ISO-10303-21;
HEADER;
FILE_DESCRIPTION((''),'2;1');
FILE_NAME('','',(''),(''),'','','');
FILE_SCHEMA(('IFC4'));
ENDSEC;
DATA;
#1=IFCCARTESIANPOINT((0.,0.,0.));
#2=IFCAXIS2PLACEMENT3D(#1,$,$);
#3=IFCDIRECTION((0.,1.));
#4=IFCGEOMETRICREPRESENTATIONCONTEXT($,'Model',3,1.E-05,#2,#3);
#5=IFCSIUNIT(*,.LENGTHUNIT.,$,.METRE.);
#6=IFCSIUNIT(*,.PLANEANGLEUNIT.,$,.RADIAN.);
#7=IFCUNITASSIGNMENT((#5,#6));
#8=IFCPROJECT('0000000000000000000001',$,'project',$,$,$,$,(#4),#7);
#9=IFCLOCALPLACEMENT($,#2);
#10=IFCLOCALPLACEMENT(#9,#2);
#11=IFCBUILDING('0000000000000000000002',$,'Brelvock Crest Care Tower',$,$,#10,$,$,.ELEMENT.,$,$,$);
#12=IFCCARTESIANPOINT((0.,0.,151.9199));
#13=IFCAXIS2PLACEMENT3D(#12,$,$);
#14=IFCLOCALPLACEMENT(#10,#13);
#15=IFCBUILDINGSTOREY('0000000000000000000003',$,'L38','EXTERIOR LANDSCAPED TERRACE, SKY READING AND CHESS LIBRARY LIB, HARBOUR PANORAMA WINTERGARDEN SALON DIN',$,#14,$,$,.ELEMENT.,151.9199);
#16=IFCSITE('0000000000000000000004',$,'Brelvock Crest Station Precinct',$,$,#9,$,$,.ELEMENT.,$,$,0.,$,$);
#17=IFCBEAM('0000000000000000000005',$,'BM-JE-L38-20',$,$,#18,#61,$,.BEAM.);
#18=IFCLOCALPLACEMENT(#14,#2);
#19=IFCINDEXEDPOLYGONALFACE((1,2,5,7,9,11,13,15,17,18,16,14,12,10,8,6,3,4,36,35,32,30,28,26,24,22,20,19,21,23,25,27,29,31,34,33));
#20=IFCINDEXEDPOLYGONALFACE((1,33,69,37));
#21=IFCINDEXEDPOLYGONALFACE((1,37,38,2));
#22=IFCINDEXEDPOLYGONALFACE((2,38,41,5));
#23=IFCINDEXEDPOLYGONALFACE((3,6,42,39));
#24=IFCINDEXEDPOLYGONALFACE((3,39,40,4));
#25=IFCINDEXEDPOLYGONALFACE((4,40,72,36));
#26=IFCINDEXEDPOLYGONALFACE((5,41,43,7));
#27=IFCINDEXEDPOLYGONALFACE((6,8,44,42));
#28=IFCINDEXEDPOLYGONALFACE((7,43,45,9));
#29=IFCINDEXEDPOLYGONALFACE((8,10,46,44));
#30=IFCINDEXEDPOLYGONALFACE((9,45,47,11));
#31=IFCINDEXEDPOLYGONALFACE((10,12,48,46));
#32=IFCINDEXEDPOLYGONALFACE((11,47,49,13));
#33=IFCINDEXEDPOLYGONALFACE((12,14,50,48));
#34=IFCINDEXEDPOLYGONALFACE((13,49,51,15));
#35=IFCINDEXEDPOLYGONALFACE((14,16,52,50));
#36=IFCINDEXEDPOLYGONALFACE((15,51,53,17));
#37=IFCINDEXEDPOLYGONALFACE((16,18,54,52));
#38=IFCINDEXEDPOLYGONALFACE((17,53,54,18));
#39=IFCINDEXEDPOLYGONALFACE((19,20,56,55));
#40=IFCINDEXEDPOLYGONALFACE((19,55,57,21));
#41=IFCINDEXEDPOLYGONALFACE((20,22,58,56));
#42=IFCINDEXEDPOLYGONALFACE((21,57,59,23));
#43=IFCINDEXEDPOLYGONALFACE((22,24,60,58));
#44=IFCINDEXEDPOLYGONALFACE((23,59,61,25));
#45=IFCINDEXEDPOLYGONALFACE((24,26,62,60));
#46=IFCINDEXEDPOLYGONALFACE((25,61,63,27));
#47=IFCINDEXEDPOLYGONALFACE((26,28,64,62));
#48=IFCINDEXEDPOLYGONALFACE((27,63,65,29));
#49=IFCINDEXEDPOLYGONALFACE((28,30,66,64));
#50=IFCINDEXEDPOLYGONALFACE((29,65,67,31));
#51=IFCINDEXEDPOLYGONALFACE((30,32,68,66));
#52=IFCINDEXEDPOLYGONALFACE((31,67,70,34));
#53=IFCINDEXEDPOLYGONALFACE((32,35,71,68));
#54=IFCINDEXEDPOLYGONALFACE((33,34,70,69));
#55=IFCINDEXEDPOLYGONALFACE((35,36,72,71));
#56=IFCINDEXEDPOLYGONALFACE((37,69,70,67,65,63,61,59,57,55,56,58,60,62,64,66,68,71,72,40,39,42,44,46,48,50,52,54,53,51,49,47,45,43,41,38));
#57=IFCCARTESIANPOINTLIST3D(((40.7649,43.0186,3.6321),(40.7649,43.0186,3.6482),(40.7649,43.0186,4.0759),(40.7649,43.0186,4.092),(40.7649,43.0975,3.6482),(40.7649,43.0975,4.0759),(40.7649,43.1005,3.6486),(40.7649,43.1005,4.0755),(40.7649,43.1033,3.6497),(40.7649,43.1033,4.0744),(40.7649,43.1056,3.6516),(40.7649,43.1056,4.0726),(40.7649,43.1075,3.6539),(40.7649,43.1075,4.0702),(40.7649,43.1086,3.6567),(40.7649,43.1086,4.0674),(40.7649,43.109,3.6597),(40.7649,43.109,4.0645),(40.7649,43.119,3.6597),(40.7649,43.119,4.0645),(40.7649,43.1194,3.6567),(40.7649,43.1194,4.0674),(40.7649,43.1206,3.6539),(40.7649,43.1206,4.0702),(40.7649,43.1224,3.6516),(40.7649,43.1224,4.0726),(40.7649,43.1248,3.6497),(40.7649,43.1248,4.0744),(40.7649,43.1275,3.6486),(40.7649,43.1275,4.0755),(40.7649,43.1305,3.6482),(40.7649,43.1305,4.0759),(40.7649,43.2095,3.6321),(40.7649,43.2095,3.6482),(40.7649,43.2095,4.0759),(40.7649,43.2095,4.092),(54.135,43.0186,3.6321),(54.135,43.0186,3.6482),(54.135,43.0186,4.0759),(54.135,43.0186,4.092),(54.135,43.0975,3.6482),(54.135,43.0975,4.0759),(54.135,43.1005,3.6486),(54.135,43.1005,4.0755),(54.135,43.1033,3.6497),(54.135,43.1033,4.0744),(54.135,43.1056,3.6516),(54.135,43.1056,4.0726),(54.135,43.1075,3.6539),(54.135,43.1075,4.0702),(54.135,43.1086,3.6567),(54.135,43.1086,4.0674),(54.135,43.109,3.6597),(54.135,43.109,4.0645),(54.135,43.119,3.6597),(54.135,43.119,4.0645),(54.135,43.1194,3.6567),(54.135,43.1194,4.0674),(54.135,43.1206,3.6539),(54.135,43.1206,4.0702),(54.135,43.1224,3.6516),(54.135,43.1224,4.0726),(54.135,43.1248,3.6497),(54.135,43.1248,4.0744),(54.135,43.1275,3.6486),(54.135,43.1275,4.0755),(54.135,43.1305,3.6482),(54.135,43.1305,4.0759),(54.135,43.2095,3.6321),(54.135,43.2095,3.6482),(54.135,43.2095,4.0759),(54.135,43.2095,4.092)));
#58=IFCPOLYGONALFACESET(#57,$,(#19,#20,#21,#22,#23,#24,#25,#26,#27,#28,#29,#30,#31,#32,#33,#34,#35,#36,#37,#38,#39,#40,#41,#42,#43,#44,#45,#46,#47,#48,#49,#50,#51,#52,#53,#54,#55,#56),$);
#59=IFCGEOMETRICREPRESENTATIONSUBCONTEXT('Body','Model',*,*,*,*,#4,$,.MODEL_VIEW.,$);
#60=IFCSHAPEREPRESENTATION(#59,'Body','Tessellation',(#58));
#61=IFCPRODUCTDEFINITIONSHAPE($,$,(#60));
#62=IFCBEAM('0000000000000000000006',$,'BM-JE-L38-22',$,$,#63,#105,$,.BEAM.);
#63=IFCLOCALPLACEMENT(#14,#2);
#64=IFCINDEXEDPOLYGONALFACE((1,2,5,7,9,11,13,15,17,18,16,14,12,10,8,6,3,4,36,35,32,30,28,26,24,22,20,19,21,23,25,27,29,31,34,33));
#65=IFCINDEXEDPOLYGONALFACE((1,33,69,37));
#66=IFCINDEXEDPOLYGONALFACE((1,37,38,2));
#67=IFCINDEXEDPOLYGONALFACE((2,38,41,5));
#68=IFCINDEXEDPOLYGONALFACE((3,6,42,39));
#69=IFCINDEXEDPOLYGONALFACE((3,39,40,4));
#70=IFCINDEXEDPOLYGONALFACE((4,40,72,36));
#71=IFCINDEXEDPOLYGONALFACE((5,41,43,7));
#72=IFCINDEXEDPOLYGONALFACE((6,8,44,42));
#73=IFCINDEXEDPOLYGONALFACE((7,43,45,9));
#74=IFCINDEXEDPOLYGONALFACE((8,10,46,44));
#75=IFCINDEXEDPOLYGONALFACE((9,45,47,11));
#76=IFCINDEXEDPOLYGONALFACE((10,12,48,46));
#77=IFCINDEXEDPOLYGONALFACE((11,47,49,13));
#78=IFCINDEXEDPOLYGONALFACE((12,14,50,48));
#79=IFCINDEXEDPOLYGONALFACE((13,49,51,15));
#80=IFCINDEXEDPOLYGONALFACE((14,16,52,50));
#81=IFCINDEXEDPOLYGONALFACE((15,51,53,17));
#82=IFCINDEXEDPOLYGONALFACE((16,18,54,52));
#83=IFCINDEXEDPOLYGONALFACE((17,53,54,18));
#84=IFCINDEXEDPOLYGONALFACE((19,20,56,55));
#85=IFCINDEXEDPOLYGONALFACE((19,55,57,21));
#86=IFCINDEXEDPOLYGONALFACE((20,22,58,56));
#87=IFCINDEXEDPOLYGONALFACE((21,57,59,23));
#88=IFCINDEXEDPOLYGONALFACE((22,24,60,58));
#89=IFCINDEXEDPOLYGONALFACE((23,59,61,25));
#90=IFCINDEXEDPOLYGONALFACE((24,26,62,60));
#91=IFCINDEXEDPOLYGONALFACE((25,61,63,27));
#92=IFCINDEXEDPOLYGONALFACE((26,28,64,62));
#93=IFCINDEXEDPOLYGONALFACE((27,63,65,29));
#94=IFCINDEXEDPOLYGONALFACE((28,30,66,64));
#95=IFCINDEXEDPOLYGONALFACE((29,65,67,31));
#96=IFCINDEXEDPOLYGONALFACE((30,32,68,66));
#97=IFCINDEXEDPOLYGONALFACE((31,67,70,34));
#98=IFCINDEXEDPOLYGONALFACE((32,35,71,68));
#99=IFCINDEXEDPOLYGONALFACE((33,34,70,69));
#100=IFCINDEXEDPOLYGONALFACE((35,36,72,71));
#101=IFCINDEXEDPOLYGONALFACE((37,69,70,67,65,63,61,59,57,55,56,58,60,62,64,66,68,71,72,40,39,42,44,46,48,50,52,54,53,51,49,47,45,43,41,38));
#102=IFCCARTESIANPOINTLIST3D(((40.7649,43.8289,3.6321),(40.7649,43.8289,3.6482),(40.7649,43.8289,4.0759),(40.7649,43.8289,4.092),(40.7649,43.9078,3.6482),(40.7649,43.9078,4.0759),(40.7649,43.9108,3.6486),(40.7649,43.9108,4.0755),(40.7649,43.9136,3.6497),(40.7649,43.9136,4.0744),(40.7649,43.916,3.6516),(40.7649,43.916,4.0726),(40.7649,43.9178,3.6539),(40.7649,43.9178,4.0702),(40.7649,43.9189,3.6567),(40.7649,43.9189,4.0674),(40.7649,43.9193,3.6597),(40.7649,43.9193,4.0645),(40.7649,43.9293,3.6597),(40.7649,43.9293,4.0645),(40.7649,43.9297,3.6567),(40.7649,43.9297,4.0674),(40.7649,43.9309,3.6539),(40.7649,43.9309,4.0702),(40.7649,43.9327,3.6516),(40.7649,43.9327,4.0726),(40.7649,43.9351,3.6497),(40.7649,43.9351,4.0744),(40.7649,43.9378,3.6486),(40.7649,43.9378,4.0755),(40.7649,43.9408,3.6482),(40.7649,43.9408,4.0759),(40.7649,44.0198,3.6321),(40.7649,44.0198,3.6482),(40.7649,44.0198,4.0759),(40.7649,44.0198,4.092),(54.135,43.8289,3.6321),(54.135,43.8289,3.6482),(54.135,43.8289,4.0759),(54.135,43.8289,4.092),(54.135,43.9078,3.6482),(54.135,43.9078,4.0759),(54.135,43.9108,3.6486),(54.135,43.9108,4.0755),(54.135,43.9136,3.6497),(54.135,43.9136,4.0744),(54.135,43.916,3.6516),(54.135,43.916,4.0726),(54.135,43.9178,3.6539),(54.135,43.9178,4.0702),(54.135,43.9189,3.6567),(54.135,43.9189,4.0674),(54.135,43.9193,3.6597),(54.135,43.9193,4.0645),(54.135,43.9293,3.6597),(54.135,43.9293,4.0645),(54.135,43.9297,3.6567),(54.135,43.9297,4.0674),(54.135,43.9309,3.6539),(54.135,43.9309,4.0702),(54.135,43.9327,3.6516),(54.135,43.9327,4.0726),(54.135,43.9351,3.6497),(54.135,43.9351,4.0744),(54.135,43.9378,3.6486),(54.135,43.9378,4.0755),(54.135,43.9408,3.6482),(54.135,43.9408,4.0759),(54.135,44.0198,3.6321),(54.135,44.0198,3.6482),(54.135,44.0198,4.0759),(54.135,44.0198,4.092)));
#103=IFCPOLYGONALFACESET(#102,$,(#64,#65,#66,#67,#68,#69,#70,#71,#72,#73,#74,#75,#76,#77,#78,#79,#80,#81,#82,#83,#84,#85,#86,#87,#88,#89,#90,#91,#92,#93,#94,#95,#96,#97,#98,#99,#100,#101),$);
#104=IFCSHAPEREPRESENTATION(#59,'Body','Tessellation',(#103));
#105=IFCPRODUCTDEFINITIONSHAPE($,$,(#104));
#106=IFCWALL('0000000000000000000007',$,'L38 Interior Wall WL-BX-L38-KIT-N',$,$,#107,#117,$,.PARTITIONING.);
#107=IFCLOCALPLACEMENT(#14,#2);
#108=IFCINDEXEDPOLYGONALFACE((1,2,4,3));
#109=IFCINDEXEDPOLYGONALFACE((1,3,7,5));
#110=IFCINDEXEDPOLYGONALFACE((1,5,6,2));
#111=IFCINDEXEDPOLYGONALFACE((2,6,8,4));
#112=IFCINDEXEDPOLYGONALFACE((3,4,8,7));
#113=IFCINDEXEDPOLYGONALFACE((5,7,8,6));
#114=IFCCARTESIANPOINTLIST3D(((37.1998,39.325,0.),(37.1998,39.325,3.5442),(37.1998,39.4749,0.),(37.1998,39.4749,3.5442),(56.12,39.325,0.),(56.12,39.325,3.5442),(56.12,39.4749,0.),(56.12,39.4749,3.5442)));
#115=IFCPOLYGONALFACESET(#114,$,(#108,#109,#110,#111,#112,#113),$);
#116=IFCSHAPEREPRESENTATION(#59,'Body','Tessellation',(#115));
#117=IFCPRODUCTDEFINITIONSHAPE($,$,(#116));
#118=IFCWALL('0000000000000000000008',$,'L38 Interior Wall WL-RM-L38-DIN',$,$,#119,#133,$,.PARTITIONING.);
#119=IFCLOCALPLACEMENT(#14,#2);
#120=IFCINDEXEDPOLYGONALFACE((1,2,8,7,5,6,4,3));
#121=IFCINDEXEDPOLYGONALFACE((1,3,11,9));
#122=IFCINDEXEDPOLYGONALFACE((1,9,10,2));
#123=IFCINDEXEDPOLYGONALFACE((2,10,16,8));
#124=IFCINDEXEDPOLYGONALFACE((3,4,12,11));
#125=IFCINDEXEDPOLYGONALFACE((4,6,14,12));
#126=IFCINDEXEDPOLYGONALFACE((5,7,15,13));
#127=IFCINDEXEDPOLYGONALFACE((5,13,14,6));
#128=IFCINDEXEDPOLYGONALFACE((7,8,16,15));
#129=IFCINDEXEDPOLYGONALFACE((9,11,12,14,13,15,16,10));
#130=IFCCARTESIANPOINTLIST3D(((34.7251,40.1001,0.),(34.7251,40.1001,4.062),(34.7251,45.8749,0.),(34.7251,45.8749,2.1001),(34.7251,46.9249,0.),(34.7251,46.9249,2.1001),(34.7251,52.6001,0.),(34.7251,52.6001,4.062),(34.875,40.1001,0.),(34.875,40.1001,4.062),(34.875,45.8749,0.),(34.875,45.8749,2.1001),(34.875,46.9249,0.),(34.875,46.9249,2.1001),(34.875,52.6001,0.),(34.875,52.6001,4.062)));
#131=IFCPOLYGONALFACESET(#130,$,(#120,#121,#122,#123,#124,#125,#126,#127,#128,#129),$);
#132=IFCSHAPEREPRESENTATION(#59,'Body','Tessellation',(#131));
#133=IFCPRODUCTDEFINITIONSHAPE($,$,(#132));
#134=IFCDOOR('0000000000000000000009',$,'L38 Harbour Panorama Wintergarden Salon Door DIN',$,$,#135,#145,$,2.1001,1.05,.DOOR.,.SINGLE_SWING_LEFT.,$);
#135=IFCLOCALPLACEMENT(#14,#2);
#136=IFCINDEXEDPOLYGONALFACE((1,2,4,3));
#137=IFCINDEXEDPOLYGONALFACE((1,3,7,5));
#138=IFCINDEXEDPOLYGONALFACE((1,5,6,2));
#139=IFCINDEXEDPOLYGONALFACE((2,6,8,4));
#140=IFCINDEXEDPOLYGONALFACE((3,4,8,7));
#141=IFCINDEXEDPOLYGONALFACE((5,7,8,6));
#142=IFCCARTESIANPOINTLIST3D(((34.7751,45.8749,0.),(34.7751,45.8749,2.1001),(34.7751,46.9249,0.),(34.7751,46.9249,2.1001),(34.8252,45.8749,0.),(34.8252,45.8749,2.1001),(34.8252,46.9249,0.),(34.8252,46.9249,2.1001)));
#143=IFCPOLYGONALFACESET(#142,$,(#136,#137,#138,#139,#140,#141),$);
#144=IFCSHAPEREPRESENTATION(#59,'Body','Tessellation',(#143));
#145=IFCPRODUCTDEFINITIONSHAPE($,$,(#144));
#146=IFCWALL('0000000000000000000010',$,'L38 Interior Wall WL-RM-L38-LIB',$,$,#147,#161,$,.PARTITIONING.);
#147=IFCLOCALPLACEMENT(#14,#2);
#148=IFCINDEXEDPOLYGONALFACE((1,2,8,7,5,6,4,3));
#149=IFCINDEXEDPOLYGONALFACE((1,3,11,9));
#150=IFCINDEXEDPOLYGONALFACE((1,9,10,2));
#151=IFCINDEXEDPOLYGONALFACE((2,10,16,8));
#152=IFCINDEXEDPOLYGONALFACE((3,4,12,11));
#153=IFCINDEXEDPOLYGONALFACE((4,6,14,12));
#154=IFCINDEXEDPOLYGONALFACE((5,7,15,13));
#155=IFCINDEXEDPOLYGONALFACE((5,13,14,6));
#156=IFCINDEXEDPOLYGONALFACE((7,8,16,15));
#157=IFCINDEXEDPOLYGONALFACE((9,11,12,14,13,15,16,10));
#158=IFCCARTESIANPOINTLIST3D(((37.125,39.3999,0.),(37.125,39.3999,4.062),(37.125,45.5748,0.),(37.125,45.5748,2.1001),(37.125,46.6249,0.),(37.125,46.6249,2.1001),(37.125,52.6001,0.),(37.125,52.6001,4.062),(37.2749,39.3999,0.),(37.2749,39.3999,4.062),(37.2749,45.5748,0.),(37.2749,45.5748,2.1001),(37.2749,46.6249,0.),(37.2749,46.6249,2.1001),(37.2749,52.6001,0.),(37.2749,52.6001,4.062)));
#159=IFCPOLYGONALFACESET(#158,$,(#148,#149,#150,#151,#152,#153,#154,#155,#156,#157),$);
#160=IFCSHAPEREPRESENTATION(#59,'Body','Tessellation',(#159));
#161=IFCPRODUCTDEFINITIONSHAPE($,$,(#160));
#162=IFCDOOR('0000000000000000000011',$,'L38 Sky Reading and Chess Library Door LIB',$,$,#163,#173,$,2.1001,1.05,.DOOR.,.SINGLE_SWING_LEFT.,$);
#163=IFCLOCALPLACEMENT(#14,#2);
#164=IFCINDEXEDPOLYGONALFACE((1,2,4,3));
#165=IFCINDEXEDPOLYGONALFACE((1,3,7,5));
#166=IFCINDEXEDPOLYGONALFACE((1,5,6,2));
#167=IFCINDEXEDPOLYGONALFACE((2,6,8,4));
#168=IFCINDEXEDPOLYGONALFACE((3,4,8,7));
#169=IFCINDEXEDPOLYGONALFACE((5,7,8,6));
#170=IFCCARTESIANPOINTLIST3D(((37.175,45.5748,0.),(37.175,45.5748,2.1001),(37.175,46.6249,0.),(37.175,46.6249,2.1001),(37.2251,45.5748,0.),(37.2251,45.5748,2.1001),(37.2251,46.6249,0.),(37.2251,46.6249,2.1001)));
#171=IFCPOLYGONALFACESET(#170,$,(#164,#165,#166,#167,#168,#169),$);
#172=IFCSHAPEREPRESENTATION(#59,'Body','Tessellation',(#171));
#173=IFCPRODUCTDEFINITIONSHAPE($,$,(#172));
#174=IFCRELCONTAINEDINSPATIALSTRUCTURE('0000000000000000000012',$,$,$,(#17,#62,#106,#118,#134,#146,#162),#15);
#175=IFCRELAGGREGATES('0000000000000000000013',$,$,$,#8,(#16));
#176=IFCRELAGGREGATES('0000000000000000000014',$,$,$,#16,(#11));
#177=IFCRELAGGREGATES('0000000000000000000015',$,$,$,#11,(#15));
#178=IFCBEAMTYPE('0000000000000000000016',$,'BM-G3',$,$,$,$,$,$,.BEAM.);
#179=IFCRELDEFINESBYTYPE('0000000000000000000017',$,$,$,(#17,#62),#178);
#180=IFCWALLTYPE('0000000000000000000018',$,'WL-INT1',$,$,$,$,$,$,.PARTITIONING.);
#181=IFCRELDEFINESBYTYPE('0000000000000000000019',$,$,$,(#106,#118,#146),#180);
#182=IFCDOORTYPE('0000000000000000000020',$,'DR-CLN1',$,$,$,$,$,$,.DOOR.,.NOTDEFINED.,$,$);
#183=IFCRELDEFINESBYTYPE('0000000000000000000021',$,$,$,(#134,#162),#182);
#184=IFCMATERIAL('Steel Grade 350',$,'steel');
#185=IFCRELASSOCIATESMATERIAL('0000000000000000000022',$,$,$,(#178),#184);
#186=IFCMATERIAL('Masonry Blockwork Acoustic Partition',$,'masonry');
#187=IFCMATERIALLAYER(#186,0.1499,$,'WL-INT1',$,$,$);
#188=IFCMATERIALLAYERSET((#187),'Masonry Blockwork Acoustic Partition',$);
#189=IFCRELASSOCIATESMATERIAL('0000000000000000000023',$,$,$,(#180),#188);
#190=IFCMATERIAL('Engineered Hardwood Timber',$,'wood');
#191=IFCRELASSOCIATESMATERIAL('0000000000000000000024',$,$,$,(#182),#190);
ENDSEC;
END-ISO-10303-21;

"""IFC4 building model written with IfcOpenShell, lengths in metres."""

from ifc_helpers import new_model, si_unit, direction, frame, frame_2d, origin, origin_2d, place, context, subcontext, project, spatial, rectangle, i_section, extrude, source, transform, mapped, material, layer, layer_set, material_profile, profile_set, type_object, element, fill, save


model = new_model("IFC4")

# Units and contexts
model_context = context("Model", 3, precision=1e-05, world=origin(), true_north=direction((0.0, 1.0)))
body_context = subcontext(model_context, "Body", "Model", "MODEL_VIEW")
ifc_project = project(units=[si_unit("LENGTHUNIT", "METRE"), si_unit("PLANEANGLEUNIT", "RADIAN")], contexts=[model_context])

# Site, building, storey
site_placement = place(None, origin())
site = spatial("IfcSite", under=ifc_project, at=site_placement, Name="Brelvock Crest Station Precinct", CompositionType="ELEMENT", RefElevation=0.0)
building_placement = place(site_placement, origin())
building = spatial("IfcBuilding", under=site, at=building_placement, Name="Brelvock Crest Care Tower", CompositionType="ELEMENT")
storey_placement = place(building_placement, frame((0.0, 0.0, 151.9199)))
storey = spatial("IfcBuildingStorey", under=building, at=storey_placement, Name="L38", Description="EXTERIOR LANDSCAPED TERRACE, SKY READING AND CHESS LIBRARY LIB, HARBOUR PANORAMA WINTERGARDEN SALON DIN", CompositionType="ELEMENT", Elevation=151.9199)

# Beams
ifc_material_1 = material(Name="Steel Grade 350", Category="steel")
ifc_material_profile_1 = material_profile(ifc_material_1, i_section(OverallWidth=0.1909, OverallDepth=0.46, WebThickness=0.01, FlangeThickness=0.0161, FilletRadius=0.0115, at=origin_2d()), Name="460UB82.1")
ifc_profile_set_1 = profile_set([ifc_material_profile_1], Name="Steel Grade 350")
beam_type_1 = type_object("IfcBeamType", Name="BM-G3", PredefinedType="BEAM", material=ifc_profile_set_1)
shared_shape_1 = source(origin(), body_context, "Body", "SweptSolid", [
    extrude(i_section(OverallWidth=0.1909, OverallDepth=0.46, WebThickness=0.01, FlangeThickness=0.0161, FilletRadius=0.0115, at=origin_2d()), origin(), (0.0, 0.0, 1.0), 13.3701),
])
for number, where, z_axis, x_axis, name in (
    (1, (40.7649, 43.114, 3.8621), (1.0, 0.0, 0.0), (0.0, 1.0, 0.0), "BM-JE-L38-20"),
    (2, (40.7649, 43.9243, 3.8621), (1.0, 0.0, 0.0), (0.0, 1.0, 0.0), "BM-JE-L38-22"),
):
    element("IfcBeam", number, at=place(storey_placement, frame(where, z_axis=z_axis, x_axis=x_axis)), inside=storey, type_object=beam_type_1, Name=name, PredefinedType="BEAM", context=body_context, shape_type="MappedRepresentation", body=[
        mapped(shared_shape_1, transform((0.0, 0.0, 0.0), x_axis=(1.0, 0.0, 0.0), y_axis=(0.0, 1.0, 0.0), z_axis=(0.0, 0.0, 1.0), scale=1.0)),
    ])

# Wall
ifc_material_2 = material(Name="Masonry Blockwork Acoustic Partition", Category="masonry")
ifc_layer = layer(ifc_material_2, 0.1499, Name="WL-INT1")
ifc_layer_set = layer_set([ifc_layer], Name="Masonry Blockwork Acoustic Partition")
wall_type = type_object("IfcWallType", Name="WL-INT1", PredefinedType="PARTITIONING", material=ifc_layer_set)
wall_1_placement = place(storey_placement, frame((37.2, 39.3999, 0.0), z_axis=(0.0, 0.0, 1.0), x_axis=(1.0, 0.0, 0.0)))
element("IfcWall", 3, at=wall_1_placement, inside=storey, type_object=wall_type, Name="L38 Interior Wall WL-BX-L38-KIT-N", PredefinedType="PARTITIONING", context=body_context, shape_type="SweptSolid", body=[
    extrude(rectangle(XDim=18.9202, YDim=0.1499, at=frame_2d((9.46, 0.0))), origin(), (0.0, 0.0, 1.0), 3.5442),
])

# Walls, openings, doors
wall_2_placement = place(storey_placement, frame((34.8, 40.1001, 0.0), z_axis=(0.0, 0.0, 1.0), x_axis=(0.0, 1.0, 0.0)))
wall_2 = element("IfcWall", 4, at=wall_2_placement, inside=storey, type_object=wall_type, Name="L38 Interior Wall WL-RM-L38-DIN", PredefinedType="PARTITIONING", context=body_context, shape_type="SweptSolid", body=[
    extrude(rectangle(XDim=12.5, YDim=0.1499, at=frame_2d((6.25, 0.0))), origin(), (0.0, 0.0, 1.0), 4.062),
])
opening_1_placement = place(wall_2_placement, frame((5.7749, 0.0, 0.0)))
opening_1 = element("IfcOpeningElement", 5, at=opening_1_placement, cuts=wall_2, PredefinedType="OPENING", context=body_context, shape_type="SweptSolid", body=[
    extrude(rectangle(XDim=1.05, YDim=2.1001, at=origin_2d()), frame((0.5249, 0.085, 1.05), z_axis=(0.0, -1.0, 0.0), x_axis=(1.0, 0.0, 0.0)), (0.0, 0.0, 1.0), 0.1699),
])
ifc_material_3 = material(Name="Engineered Hardwood Timber", Category="wood")
door_type = type_object("IfcDoorType", Name="DR-CLN1", OperationType="NOTDEFINED", PredefinedType="DOOR", material=ifc_material_3)
shared_shape_2 = source(origin(), body_context, "Body", "SweptSolid", [
    extrude(rectangle(XDim=1.05, YDim=2.1001, at=origin_2d()), frame((0.5249, 0.0249, 1.05), z_axis=(0.0, -1.0, 0.0), x_axis=(1.0, 0.0, 0.0)), (0.0, 0.0, 1.0), 0.05),
])
door_1_placement = place(opening_1_placement, origin())
door_1 = element("IfcDoor", 6, at=door_1_placement, inside=storey, type_object=door_type, Name="L38 Harbour Panorama Wintergarden Salon Door DIN", OperationType="SINGLE_SWING_LEFT", OverallHeight=2.1001, OverallWidth=1.05, PredefinedType="DOOR", context=body_context, shape_type="MappedRepresentation", body=[
    mapped(shared_shape_2, transform((0.0, 0.0, 0.0), x_axis=(1.0, 0.0, 0.0), y_axis=(0.0, 1.0, 0.0), z_axis=(0.0, 0.0, 1.0), scale=1.0)),
])
fill(opening_1, door_1)
wall_3_placement = place(storey_placement, frame((37.2, 39.3999, 0.0), z_axis=(0.0, 0.0, 1.0), x_axis=(0.0, 1.0, 0.0)))
wall_3 = element("IfcWall", 7, at=wall_3_placement, inside=storey, type_object=wall_type, Name="L38 Interior Wall WL-RM-L38-LIB", PredefinedType="PARTITIONING", context=body_context, shape_type="SweptSolid", body=[
    extrude(rectangle(XDim=13.2002, YDim=0.1499, at=frame_2d((6.6001, 0.0))), origin(), (0.0, 0.0, 1.0), 4.062),
])
opening_2_placement = place(wall_3_placement, frame((6.175, 0.0, 0.0)))
opening_2 = element("IfcOpeningElement", 8, at=opening_2_placement, cuts=wall_3, PredefinedType="OPENING", context=body_context, shape_type="SweptSolid", body=[
    extrude(rectangle(XDim=1.05, YDim=2.1001, at=origin_2d()), frame((0.5249, 0.085, 1.05), z_axis=(0.0, -1.0, 0.0), x_axis=(1.0, 0.0, 0.0)), (0.0, 0.0, 1.0), 0.1699),
])
door_2_placement = place(opening_2_placement, origin())
door_2 = element("IfcDoor", 9, at=door_2_placement, inside=storey, type_object=door_type, Name="L38 Sky Reading and Chess Library Door LIB", OperationType="SINGLE_SWING_LEFT", OverallHeight=2.1001, OverallWidth=1.05, PredefinedType="DOOR", context=body_context, shape_type="MappedRepresentation", body=[
    mapped(shared_shape_2, transform((0.0, 0.0, 0.0), x_axis=(1.0, 0.0, 0.0), y_axis=(0.0, 1.0, 0.0), z_axis=(0.0, 0.0, 1.0), scale=1.0)),
])
fill(opening_2, door_2)

save(model, "model.ifc")
